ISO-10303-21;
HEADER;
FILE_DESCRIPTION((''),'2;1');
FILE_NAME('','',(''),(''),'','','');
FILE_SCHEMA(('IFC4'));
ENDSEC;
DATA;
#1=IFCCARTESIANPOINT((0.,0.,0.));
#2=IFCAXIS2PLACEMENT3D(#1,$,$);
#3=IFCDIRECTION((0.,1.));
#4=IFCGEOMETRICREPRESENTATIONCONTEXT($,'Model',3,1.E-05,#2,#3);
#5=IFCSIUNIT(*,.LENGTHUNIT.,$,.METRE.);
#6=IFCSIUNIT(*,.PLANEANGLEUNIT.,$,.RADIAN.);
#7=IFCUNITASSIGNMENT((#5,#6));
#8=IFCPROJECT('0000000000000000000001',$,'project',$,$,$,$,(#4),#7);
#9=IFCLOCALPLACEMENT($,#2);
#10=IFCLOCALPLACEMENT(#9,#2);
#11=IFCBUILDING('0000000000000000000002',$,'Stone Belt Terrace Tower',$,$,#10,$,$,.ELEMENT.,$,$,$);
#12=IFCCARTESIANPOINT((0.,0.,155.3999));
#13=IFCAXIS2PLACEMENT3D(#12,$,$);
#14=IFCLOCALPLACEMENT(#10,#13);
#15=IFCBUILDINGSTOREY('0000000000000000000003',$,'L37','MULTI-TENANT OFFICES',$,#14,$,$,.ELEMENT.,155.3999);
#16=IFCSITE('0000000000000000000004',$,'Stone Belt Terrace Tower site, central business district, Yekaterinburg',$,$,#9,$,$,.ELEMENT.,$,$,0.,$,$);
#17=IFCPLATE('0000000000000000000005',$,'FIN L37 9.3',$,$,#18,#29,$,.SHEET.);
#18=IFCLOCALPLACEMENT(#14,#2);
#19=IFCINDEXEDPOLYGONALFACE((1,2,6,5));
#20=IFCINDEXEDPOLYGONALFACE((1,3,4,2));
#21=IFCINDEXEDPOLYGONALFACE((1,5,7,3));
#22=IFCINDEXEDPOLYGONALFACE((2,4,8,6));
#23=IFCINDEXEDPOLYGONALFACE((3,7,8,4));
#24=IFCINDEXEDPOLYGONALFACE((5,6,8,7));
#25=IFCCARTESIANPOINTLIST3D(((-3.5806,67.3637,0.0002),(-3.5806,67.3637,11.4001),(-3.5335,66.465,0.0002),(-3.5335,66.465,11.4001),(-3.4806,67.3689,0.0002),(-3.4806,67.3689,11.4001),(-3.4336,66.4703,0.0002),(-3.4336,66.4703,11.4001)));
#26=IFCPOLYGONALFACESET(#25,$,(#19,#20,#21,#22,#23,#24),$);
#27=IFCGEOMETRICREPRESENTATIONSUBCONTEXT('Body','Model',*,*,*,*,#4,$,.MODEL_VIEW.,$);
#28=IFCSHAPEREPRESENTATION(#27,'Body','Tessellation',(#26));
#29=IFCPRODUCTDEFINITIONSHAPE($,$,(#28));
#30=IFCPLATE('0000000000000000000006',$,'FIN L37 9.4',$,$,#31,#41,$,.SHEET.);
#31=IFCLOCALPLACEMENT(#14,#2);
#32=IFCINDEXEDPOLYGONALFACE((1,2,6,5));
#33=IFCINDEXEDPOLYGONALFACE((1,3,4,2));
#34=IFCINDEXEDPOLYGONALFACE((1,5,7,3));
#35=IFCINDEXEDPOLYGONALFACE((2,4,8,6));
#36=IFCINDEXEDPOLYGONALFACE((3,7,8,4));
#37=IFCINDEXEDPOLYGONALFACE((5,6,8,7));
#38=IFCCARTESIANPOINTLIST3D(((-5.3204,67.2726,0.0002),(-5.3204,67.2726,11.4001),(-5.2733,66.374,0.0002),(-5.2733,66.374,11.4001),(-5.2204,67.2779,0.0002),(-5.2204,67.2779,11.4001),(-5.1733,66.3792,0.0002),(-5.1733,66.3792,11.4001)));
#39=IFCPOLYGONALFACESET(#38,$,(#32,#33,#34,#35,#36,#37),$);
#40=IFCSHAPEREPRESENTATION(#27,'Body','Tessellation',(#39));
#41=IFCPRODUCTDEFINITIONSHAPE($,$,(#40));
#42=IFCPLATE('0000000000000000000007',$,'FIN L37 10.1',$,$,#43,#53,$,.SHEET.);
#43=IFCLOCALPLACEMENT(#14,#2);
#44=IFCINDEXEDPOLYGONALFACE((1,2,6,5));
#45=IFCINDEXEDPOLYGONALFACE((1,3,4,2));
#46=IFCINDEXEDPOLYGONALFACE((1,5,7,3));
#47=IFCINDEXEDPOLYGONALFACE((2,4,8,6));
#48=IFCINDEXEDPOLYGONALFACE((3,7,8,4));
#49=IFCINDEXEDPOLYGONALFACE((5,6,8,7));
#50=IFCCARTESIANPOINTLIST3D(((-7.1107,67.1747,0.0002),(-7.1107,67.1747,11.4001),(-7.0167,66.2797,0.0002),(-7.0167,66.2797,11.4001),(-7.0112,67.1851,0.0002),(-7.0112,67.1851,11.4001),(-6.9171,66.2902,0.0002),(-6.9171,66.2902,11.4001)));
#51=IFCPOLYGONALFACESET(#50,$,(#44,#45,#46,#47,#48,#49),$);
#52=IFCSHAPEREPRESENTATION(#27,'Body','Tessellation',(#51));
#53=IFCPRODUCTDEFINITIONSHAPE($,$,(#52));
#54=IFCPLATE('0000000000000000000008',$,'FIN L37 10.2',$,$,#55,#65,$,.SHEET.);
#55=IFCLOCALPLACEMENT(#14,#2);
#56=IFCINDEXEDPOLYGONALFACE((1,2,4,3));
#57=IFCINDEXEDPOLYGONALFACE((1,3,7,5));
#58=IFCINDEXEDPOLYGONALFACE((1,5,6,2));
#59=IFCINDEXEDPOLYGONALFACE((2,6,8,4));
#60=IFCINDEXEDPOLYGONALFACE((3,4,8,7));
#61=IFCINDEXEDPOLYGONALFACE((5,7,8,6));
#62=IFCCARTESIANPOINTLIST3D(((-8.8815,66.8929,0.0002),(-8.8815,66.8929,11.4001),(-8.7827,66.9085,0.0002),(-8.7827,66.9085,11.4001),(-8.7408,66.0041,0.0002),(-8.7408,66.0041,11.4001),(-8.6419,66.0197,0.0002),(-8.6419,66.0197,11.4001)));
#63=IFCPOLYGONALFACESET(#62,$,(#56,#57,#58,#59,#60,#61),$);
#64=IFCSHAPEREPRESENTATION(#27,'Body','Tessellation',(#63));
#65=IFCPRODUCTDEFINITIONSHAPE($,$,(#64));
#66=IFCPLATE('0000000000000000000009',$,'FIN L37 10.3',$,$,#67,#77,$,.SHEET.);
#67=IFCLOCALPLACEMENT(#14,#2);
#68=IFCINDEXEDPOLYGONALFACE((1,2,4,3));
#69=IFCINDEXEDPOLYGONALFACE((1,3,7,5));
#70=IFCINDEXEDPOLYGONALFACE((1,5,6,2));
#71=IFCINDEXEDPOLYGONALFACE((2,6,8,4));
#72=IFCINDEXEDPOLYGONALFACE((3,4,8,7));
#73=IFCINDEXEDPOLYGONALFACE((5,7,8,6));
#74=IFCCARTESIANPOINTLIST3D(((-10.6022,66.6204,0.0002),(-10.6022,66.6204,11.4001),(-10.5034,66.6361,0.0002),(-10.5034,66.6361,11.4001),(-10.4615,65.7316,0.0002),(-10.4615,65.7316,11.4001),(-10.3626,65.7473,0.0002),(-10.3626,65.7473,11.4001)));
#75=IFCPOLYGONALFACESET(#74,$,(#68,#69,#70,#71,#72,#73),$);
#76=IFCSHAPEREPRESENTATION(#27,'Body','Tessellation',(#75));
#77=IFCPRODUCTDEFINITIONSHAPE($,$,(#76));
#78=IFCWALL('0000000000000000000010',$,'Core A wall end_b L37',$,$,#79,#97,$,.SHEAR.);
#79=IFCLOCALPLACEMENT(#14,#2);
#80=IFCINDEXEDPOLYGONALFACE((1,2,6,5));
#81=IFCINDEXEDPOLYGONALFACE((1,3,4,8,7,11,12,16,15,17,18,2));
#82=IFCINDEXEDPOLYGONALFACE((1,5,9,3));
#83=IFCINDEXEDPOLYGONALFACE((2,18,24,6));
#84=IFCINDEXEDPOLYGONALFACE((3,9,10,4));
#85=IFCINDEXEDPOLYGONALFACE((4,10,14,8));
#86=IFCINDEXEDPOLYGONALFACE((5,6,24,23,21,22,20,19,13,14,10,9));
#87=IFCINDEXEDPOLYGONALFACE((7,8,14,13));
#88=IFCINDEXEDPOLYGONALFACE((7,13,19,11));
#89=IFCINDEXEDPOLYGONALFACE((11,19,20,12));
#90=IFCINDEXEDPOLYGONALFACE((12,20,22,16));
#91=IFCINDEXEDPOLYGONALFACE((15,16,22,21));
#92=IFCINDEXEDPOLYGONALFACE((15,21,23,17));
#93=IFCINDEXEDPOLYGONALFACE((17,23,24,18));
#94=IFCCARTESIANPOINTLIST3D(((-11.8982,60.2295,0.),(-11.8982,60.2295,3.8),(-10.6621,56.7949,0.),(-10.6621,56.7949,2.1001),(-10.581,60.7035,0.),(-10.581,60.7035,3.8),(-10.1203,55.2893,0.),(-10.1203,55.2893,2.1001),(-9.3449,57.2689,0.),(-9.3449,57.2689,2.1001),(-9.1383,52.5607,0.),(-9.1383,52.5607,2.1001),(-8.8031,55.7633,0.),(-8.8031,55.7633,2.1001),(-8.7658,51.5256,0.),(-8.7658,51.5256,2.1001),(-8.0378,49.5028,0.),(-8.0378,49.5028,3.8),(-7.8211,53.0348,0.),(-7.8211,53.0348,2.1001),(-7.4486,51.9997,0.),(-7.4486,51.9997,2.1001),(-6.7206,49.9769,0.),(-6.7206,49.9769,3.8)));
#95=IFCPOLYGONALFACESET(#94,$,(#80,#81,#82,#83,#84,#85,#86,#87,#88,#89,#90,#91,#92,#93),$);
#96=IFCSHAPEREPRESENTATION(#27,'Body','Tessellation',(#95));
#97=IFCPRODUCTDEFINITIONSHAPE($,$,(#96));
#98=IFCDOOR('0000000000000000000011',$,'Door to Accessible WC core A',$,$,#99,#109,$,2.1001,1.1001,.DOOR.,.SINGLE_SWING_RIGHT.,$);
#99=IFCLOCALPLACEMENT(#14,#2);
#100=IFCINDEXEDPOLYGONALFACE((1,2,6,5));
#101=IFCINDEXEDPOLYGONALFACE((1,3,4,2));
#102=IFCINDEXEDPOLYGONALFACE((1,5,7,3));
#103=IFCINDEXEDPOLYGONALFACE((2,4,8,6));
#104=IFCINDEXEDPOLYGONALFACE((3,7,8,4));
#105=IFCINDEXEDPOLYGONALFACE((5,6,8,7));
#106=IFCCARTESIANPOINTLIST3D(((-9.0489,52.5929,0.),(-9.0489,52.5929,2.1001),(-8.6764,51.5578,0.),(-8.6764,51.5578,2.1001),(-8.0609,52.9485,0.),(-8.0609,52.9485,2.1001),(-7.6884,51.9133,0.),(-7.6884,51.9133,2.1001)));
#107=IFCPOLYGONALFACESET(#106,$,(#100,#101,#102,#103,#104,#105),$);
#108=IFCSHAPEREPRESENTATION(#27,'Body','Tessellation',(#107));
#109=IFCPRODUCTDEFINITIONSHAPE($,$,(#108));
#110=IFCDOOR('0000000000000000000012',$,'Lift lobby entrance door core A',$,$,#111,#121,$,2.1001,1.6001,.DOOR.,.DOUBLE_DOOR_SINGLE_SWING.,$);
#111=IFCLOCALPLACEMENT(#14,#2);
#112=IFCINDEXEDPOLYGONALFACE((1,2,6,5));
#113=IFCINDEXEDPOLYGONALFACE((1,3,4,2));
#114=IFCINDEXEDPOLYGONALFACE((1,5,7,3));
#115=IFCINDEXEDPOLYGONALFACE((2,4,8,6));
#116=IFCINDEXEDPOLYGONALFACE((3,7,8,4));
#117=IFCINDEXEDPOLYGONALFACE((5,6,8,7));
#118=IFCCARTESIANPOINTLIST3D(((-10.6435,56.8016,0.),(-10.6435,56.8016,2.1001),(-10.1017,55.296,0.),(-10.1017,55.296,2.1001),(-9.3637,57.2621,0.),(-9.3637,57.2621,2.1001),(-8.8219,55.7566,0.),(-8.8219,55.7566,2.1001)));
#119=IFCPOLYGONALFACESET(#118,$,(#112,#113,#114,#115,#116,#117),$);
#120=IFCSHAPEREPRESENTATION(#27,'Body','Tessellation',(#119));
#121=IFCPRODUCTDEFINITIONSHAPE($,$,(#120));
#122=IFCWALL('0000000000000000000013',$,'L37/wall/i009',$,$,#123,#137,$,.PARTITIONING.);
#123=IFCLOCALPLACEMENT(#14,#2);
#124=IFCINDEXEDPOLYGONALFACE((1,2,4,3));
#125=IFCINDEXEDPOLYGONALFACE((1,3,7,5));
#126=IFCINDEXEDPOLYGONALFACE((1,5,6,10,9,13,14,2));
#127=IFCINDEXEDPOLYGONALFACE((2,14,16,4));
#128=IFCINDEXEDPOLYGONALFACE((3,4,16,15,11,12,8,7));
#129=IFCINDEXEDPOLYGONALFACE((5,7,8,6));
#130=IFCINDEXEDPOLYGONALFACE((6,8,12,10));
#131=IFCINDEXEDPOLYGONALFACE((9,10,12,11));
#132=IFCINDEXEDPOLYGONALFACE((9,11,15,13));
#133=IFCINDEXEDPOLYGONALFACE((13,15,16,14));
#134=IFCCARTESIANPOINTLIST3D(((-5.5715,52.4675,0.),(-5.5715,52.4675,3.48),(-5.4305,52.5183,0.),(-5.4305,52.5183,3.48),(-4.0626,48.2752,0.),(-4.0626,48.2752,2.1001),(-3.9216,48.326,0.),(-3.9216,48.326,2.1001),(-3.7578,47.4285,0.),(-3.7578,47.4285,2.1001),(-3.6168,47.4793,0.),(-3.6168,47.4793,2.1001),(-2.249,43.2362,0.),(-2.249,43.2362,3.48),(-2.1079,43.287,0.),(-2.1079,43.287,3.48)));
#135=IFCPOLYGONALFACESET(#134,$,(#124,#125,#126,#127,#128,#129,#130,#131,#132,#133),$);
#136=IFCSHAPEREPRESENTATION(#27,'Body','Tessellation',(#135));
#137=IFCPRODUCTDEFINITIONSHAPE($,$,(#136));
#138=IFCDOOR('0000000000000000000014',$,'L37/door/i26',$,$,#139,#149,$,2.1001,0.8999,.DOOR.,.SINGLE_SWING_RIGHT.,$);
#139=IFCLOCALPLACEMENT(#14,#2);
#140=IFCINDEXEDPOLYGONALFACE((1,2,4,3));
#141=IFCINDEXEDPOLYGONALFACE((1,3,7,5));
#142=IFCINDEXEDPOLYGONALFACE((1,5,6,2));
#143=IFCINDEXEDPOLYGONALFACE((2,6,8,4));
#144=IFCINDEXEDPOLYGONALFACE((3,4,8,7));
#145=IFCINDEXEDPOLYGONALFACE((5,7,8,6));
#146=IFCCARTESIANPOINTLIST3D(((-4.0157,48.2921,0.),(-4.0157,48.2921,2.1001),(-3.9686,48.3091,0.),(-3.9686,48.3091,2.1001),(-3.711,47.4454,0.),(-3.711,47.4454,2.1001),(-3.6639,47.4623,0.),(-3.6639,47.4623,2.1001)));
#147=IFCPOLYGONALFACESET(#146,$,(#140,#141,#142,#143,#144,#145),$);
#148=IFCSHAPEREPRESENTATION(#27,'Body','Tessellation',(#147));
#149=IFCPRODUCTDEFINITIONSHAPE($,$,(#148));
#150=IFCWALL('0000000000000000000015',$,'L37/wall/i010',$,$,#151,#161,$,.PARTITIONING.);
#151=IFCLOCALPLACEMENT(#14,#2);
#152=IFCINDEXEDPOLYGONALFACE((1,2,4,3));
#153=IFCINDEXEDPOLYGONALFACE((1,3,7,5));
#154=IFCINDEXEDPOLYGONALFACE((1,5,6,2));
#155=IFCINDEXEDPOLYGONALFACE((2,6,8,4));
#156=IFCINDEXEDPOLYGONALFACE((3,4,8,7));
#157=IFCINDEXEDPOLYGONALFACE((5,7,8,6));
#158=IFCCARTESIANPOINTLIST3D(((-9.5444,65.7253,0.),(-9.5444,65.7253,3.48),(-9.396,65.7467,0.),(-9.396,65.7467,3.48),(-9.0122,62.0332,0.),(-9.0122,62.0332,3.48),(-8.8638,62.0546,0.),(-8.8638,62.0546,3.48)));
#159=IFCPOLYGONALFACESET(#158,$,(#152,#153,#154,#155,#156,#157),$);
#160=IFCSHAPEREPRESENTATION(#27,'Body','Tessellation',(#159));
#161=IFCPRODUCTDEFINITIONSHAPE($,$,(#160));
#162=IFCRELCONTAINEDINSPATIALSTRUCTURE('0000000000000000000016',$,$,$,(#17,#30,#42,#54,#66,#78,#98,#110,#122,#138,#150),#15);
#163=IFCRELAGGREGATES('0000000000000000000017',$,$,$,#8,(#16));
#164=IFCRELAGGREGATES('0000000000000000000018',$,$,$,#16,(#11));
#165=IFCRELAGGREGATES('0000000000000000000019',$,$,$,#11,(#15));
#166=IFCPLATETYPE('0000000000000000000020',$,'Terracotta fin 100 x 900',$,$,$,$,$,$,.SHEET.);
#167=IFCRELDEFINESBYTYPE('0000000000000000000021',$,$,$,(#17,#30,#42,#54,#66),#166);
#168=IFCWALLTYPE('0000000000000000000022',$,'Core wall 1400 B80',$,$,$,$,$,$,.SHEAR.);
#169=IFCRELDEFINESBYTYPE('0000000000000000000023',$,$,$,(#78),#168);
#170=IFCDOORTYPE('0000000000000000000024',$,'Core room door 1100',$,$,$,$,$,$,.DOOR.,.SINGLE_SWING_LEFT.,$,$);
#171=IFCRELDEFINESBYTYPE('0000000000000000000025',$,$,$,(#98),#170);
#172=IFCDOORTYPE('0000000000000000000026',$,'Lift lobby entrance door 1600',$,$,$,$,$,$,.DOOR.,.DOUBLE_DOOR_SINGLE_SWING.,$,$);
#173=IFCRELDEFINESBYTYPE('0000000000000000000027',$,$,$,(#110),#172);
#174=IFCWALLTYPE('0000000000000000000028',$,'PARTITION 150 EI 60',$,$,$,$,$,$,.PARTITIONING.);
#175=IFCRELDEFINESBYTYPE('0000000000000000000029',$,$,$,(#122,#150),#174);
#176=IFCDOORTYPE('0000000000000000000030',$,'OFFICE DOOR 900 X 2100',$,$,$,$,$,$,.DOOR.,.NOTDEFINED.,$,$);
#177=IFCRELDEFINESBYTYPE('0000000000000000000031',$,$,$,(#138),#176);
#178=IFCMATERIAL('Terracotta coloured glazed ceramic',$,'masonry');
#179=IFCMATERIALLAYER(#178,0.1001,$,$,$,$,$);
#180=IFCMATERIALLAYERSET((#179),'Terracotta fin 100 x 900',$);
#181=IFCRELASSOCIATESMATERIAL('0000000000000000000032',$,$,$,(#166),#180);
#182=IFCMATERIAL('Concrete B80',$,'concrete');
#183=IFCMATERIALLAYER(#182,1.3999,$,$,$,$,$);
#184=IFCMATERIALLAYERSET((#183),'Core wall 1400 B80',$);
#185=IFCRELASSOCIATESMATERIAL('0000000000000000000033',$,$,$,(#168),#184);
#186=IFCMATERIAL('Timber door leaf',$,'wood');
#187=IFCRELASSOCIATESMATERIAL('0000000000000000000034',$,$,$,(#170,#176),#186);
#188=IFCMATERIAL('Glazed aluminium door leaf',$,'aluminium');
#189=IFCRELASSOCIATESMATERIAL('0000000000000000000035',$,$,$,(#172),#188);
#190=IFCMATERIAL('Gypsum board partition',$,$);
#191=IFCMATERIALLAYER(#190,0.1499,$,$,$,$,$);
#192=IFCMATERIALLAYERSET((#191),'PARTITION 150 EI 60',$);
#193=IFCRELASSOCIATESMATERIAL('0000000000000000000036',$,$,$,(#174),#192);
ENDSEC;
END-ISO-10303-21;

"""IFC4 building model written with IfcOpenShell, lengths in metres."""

from ifc_helpers import new_model, si_unit, direction, frame, frame_2d, origin, origin_2d, place, context, subcontext, project, spatial, rectangle, extrude, material, layer, layer_set, type_object, element, fill, save


model = new_model("IFC4")

# Units and contexts
model_context = context("Model", 3, precision=1e-05, world=origin(), true_north=direction((0.0, 1.0)))
body_context = subcontext(model_context, "Body", "Model", "MODEL_VIEW")
ifc_project = project(units=[si_unit("LENGTHUNIT", "METRE"), si_unit("PLANEANGLEUNIT", "RADIAN")], contexts=[model_context])

# Site, building, storey
site_placement = place(None, origin())
site = spatial("IfcSite", under=ifc_project, at=site_placement, Name="Stone Belt Terrace Tower site, central business district, Yekaterinburg", CompositionType="ELEMENT", RefElevation=0.0)
building_placement = place(site_placement, origin())
building = spatial("IfcBuilding", under=site, at=building_placement, Name="Stone Belt Terrace Tower", CompositionType="ELEMENT")
storey_placement = place(building_placement, frame((0.0, 0.0, 155.3999)))
storey = spatial("IfcBuildingStorey", under=building, at=storey_placement, Name="L37", Description="MULTI-TENANT OFFICES", CompositionType="ELEMENT", Elevation=155.3999)

# Shared definitions
ifc_material_1 = material(Name="Concrete B80", Category="concrete")

# Plates
ifc_material_2 = material(Name="Terracotta coloured glazed ceramic", Category="masonry")
ifc_layer_1 = layer(ifc_material_2, 0.1001)
ifc_layer_set_1 = layer_set([ifc_layer_1], Name="Terracotta fin 100 x 900")
plate_type_1 = type_object("IfcPlateType", Name="Terracotta fin 100 x 900", PredefinedType="SHEET", material=ifc_layer_set_1)
for number, where, z_axis, x_axis, name in (
    (1, (-3.5071, 66.917, 0.0002), (0.0, 0.0, 1.0), (-0.052336, 0.99863, 0.0), "FIN L37 9.3"),
    (2, (-5.2468, 66.8259, 0.0002), (0.0, 0.0, 1.0), (-0.052336, 0.99863, 0.0), "FIN L37 9.4"),
    (3, (-7.0139, 66.7324, 0.0002), (0.0, 0.0, 1.0), (-0.104528, 0.994522, 0.0), "FIN L37 10.1"),
    (4, (-8.7617, 66.4563, 0.0002), (0.0, 0.0, 1.0), (-0.156434, 0.987688, 0.0), "FIN L37 10.2"),
    (5, (-10.4824, 66.1838, 0.0002), (0.0, 0.0, 1.0), (-0.156434, 0.987688, 0.0), "FIN L37 10.3"),
):
    element("IfcPlate", number, at=place(storey_placement, frame(where, z_axis=z_axis, x_axis=x_axis)), inside=storey, type_object=plate_type_1, Name=name, PredefinedType="SHEET", context=body_context, shape_type="SweptSolid", body=[
        extrude(rectangle(XDim=0.8999, YDim=0.1001, at=origin_2d()), origin(), (0.0, 0.0, 1.0), 11.3999),
    ])

# Wall, openings, doors
ifc_layer_2 = layer(ifc_material_1, 1.3999)
ifc_layer_set_2 = layer_set([ifc_layer_2], Name="Core wall 1400 B80")
wall_type_1 = type_object("IfcWallType", Name="Core wall 1400 B80", PredefinedType="SHEAR", material=ifc_layer_set_2)
wall_1_placement = place(storey_placement, frame((-7.3792, 49.7397, 0.0), z_axis=(0.0, 0.0, 1.0), x_axis=(-0.338625, 0.940921, 0.0)))
wall_1 = element("IfcWall", 6, at=wall_1_placement, inside=storey, type_object=wall_type_1, Name="Core A wall end_b L37", PredefinedType="SHEAR", context=body_context, shape_type="SweptSolid", body=[
    extrude(rectangle(XDim=11.4001, YDim=1.3999, at=frame_2d((5.7002, 0.0))), origin(), (0.0, 0.0, 1.0), 3.8),
])
opening_1_placement = place(wall_1_placement, frame((6.1499, 0.0, 0.0)))
opening_1 = element("IfcOpeningElement", 7, at=opening_1_placement, cuts=wall_1, PredefinedType="OPENING", context=body_context, shape_type="SweptSolid", body=[
    extrude(rectangle(XDim=1.6001, YDim=2.1001, at=frame_2d((0.8, 1.05))), frame((0.0, 0.71, 0.0), z_axis=(0.0, -1.0, 0.0), x_axis=(1.0, 0.0, 0.0)), (0.0, 0.0, 1.0), 1.4199),
])
opening_2_placement = place(wall_1_placement, frame((2.1499, 0.0, 0.0)))
opening_2 = element("IfcOpeningElement", 8, at=opening_2_placement, cuts=wall_1, PredefinedType="OPENING", context=body_context, shape_type="SweptSolid", body=[
    extrude(rectangle(XDim=1.1001, YDim=2.1001, at=frame_2d((0.55, 1.05))), frame((0.0, 0.71, 0.0), z_axis=(0.0, -1.0, 0.0), x_axis=(1.0, 0.0, 0.0)), (0.0, 0.0, 1.0), 1.4199),
])
ifc_material_3 = material(Name="Timber door leaf", Category="wood")
door_type_1 = type_object("IfcDoorType", Name="Core room door 1100", OperationType="SINGLE_SWING_LEFT", PredefinedType="DOOR", material=ifc_material_3)
door_1_placement = place(opening_2_placement, origin())
door_1 = element("IfcDoor", 9, at=door_1_placement, inside=storey, type_object=door_type_1, Name="Door to Accessible WC core A", OperationType="SINGLE_SWING_RIGHT", OverallHeight=2.1001, OverallWidth=1.1001, PredefinedType="DOOR", context=body_context, shape_type="SweptSolid", body=[
    extrude(rectangle(XDim=1.1001, YDim=2.1001, at=frame_2d((0.55, 1.05))), frame((0.0, 0.605, 0.0), z_axis=(0.0, -1.0, 0.0), x_axis=(1.0, 0.0, 0.0)), (0.0, 0.0, 1.0), 1.05),
])
fill(opening_2, door_1)
ifc_material_4 = material(Name="Glazed aluminium door leaf", Category="aluminium")
door_type_2 = type_object("IfcDoorType", Name="Lift lobby entrance door 1600", OperationType="DOUBLE_DOOR_SINGLE_SWING", PredefinedType="DOOR", material=ifc_material_4)
door_2_placement = place(opening_1_placement, origin())
door_2 = element("IfcDoor", 10, at=door_2_placement, inside=storey, type_object=door_type_2, Name="Lift lobby entrance door core A", OperationType="DOUBLE_DOOR_SINGLE_SWING", OverallHeight=2.1001, OverallWidth=1.6001, PredefinedType="DOOR", context=body_context, shape_type="SweptSolid", body=[
    extrude(rectangle(XDim=1.6001, YDim=2.1001, at=frame_2d((0.8, 1.05))), frame((0.0, 0.6802, 0.0), z_axis=(0.0, -1.0, 0.0), x_axis=(1.0, 0.0, 0.0)), (0.0, 0.0, 1.0), 1.3601),
])
fill(opening_1, door_2)

# Wall, opening, door
ifc_material_5 = material(Name="Gypsum board partition")
ifc_layer_3 = layer(ifc_material_5, 0.1499)
ifc_layer_set_3 = layer_set([ifc_layer_3], Name="PARTITION 150 EI 60")
wall_type_2 = type_object("IfcWallType", Name="PARTITION 150 EI 60", PredefinedType="PARTITIONING", material=ifc_layer_set_3)
wall_2_placement = place(storey_placement, frame((-5.501, 52.4929, 0.0), z_axis=(0.0, 0.0, 1.0), x_axis=(0.338654, -0.940911, 0.0)))
wall_2 = element("IfcWall", 11, at=wall_2_placement, inside=storey, type_object=wall_type_2, Name="L37/wall/i009", PredefinedType="PARTITIONING", context=body_context, shape_type="SweptSolid", body=[
    extrude(rectangle(XDim=9.811, YDim=0.1499, at=frame_2d((4.9055, 0.0))), origin(), (0.0, 0.0, 1.0), 3.48),
])
opening_3_placement = place(wall_2_placement, frame((4.4556, 0.0, 0.0)))
opening_3 = element("IfcOpeningElement", 12, at=opening_3_placement, cuts=wall_2, PredefinedType="OPENING", context=body_context, shape_type="SweptSolid", body=[
    extrude(rectangle(XDim=0.8999, YDim=2.1001, at=frame_2d((0.45, 1.05))), frame((0.0, 0.085, 0.0), z_axis=(0.0, -1.0, 0.0), x_axis=(1.0, 0.0, 0.0)), (0.0, 0.0, 1.0), 0.1699),
])
door_type_3 = type_object("IfcDoorType", Name="OFFICE DOOR 900 X 2100", OperationType="NOTDEFINED", PredefinedType="DOOR", material=ifc_material_3)
door_3_placement = place(opening_3_placement, origin())
door_3 = element("IfcDoor", 13, at=door_3_placement, inside=storey, type_object=door_type_3, Name="L37/door/i26", OperationType="SINGLE_SWING_RIGHT", OverallHeight=2.1001, OverallWidth=0.8999, PredefinedType="DOOR", context=body_context, shape_type="SweptSolid", body=[
    extrude(rectangle(XDim=0.8999, YDim=2.1001, at=frame_2d((0.45, 1.05))), frame((0.0, 0.0249, 0.0), z_axis=(0.0, -1.0, 0.0), x_axis=(1.0, 0.0, 0.0)), (0.0, 0.0, 1.0), 0.05),
])
fill(opening_3, door_3)

# Wall
wall_3_placement = place(storey_placement, frame((-9.4702, 65.7361, 0.0), z_axis=(0.0, 0.0, 1.0), x_axis=(0.142677, -0.989769, 0.0)))
element("IfcWall", 14, at=wall_3_placement, inside=storey, type_object=wall_type_2, Name="L37/wall/i010", PredefinedType="PARTITIONING", context=body_context, shape_type="SweptSolid", body=[
    extrude(rectangle(XDim=3.7302, YDim=0.1499, at=frame_2d((1.8652, 0.0))), origin(), (0.0, 0.0, 1.0), 3.48),
])

save(model, "model.ifc")
